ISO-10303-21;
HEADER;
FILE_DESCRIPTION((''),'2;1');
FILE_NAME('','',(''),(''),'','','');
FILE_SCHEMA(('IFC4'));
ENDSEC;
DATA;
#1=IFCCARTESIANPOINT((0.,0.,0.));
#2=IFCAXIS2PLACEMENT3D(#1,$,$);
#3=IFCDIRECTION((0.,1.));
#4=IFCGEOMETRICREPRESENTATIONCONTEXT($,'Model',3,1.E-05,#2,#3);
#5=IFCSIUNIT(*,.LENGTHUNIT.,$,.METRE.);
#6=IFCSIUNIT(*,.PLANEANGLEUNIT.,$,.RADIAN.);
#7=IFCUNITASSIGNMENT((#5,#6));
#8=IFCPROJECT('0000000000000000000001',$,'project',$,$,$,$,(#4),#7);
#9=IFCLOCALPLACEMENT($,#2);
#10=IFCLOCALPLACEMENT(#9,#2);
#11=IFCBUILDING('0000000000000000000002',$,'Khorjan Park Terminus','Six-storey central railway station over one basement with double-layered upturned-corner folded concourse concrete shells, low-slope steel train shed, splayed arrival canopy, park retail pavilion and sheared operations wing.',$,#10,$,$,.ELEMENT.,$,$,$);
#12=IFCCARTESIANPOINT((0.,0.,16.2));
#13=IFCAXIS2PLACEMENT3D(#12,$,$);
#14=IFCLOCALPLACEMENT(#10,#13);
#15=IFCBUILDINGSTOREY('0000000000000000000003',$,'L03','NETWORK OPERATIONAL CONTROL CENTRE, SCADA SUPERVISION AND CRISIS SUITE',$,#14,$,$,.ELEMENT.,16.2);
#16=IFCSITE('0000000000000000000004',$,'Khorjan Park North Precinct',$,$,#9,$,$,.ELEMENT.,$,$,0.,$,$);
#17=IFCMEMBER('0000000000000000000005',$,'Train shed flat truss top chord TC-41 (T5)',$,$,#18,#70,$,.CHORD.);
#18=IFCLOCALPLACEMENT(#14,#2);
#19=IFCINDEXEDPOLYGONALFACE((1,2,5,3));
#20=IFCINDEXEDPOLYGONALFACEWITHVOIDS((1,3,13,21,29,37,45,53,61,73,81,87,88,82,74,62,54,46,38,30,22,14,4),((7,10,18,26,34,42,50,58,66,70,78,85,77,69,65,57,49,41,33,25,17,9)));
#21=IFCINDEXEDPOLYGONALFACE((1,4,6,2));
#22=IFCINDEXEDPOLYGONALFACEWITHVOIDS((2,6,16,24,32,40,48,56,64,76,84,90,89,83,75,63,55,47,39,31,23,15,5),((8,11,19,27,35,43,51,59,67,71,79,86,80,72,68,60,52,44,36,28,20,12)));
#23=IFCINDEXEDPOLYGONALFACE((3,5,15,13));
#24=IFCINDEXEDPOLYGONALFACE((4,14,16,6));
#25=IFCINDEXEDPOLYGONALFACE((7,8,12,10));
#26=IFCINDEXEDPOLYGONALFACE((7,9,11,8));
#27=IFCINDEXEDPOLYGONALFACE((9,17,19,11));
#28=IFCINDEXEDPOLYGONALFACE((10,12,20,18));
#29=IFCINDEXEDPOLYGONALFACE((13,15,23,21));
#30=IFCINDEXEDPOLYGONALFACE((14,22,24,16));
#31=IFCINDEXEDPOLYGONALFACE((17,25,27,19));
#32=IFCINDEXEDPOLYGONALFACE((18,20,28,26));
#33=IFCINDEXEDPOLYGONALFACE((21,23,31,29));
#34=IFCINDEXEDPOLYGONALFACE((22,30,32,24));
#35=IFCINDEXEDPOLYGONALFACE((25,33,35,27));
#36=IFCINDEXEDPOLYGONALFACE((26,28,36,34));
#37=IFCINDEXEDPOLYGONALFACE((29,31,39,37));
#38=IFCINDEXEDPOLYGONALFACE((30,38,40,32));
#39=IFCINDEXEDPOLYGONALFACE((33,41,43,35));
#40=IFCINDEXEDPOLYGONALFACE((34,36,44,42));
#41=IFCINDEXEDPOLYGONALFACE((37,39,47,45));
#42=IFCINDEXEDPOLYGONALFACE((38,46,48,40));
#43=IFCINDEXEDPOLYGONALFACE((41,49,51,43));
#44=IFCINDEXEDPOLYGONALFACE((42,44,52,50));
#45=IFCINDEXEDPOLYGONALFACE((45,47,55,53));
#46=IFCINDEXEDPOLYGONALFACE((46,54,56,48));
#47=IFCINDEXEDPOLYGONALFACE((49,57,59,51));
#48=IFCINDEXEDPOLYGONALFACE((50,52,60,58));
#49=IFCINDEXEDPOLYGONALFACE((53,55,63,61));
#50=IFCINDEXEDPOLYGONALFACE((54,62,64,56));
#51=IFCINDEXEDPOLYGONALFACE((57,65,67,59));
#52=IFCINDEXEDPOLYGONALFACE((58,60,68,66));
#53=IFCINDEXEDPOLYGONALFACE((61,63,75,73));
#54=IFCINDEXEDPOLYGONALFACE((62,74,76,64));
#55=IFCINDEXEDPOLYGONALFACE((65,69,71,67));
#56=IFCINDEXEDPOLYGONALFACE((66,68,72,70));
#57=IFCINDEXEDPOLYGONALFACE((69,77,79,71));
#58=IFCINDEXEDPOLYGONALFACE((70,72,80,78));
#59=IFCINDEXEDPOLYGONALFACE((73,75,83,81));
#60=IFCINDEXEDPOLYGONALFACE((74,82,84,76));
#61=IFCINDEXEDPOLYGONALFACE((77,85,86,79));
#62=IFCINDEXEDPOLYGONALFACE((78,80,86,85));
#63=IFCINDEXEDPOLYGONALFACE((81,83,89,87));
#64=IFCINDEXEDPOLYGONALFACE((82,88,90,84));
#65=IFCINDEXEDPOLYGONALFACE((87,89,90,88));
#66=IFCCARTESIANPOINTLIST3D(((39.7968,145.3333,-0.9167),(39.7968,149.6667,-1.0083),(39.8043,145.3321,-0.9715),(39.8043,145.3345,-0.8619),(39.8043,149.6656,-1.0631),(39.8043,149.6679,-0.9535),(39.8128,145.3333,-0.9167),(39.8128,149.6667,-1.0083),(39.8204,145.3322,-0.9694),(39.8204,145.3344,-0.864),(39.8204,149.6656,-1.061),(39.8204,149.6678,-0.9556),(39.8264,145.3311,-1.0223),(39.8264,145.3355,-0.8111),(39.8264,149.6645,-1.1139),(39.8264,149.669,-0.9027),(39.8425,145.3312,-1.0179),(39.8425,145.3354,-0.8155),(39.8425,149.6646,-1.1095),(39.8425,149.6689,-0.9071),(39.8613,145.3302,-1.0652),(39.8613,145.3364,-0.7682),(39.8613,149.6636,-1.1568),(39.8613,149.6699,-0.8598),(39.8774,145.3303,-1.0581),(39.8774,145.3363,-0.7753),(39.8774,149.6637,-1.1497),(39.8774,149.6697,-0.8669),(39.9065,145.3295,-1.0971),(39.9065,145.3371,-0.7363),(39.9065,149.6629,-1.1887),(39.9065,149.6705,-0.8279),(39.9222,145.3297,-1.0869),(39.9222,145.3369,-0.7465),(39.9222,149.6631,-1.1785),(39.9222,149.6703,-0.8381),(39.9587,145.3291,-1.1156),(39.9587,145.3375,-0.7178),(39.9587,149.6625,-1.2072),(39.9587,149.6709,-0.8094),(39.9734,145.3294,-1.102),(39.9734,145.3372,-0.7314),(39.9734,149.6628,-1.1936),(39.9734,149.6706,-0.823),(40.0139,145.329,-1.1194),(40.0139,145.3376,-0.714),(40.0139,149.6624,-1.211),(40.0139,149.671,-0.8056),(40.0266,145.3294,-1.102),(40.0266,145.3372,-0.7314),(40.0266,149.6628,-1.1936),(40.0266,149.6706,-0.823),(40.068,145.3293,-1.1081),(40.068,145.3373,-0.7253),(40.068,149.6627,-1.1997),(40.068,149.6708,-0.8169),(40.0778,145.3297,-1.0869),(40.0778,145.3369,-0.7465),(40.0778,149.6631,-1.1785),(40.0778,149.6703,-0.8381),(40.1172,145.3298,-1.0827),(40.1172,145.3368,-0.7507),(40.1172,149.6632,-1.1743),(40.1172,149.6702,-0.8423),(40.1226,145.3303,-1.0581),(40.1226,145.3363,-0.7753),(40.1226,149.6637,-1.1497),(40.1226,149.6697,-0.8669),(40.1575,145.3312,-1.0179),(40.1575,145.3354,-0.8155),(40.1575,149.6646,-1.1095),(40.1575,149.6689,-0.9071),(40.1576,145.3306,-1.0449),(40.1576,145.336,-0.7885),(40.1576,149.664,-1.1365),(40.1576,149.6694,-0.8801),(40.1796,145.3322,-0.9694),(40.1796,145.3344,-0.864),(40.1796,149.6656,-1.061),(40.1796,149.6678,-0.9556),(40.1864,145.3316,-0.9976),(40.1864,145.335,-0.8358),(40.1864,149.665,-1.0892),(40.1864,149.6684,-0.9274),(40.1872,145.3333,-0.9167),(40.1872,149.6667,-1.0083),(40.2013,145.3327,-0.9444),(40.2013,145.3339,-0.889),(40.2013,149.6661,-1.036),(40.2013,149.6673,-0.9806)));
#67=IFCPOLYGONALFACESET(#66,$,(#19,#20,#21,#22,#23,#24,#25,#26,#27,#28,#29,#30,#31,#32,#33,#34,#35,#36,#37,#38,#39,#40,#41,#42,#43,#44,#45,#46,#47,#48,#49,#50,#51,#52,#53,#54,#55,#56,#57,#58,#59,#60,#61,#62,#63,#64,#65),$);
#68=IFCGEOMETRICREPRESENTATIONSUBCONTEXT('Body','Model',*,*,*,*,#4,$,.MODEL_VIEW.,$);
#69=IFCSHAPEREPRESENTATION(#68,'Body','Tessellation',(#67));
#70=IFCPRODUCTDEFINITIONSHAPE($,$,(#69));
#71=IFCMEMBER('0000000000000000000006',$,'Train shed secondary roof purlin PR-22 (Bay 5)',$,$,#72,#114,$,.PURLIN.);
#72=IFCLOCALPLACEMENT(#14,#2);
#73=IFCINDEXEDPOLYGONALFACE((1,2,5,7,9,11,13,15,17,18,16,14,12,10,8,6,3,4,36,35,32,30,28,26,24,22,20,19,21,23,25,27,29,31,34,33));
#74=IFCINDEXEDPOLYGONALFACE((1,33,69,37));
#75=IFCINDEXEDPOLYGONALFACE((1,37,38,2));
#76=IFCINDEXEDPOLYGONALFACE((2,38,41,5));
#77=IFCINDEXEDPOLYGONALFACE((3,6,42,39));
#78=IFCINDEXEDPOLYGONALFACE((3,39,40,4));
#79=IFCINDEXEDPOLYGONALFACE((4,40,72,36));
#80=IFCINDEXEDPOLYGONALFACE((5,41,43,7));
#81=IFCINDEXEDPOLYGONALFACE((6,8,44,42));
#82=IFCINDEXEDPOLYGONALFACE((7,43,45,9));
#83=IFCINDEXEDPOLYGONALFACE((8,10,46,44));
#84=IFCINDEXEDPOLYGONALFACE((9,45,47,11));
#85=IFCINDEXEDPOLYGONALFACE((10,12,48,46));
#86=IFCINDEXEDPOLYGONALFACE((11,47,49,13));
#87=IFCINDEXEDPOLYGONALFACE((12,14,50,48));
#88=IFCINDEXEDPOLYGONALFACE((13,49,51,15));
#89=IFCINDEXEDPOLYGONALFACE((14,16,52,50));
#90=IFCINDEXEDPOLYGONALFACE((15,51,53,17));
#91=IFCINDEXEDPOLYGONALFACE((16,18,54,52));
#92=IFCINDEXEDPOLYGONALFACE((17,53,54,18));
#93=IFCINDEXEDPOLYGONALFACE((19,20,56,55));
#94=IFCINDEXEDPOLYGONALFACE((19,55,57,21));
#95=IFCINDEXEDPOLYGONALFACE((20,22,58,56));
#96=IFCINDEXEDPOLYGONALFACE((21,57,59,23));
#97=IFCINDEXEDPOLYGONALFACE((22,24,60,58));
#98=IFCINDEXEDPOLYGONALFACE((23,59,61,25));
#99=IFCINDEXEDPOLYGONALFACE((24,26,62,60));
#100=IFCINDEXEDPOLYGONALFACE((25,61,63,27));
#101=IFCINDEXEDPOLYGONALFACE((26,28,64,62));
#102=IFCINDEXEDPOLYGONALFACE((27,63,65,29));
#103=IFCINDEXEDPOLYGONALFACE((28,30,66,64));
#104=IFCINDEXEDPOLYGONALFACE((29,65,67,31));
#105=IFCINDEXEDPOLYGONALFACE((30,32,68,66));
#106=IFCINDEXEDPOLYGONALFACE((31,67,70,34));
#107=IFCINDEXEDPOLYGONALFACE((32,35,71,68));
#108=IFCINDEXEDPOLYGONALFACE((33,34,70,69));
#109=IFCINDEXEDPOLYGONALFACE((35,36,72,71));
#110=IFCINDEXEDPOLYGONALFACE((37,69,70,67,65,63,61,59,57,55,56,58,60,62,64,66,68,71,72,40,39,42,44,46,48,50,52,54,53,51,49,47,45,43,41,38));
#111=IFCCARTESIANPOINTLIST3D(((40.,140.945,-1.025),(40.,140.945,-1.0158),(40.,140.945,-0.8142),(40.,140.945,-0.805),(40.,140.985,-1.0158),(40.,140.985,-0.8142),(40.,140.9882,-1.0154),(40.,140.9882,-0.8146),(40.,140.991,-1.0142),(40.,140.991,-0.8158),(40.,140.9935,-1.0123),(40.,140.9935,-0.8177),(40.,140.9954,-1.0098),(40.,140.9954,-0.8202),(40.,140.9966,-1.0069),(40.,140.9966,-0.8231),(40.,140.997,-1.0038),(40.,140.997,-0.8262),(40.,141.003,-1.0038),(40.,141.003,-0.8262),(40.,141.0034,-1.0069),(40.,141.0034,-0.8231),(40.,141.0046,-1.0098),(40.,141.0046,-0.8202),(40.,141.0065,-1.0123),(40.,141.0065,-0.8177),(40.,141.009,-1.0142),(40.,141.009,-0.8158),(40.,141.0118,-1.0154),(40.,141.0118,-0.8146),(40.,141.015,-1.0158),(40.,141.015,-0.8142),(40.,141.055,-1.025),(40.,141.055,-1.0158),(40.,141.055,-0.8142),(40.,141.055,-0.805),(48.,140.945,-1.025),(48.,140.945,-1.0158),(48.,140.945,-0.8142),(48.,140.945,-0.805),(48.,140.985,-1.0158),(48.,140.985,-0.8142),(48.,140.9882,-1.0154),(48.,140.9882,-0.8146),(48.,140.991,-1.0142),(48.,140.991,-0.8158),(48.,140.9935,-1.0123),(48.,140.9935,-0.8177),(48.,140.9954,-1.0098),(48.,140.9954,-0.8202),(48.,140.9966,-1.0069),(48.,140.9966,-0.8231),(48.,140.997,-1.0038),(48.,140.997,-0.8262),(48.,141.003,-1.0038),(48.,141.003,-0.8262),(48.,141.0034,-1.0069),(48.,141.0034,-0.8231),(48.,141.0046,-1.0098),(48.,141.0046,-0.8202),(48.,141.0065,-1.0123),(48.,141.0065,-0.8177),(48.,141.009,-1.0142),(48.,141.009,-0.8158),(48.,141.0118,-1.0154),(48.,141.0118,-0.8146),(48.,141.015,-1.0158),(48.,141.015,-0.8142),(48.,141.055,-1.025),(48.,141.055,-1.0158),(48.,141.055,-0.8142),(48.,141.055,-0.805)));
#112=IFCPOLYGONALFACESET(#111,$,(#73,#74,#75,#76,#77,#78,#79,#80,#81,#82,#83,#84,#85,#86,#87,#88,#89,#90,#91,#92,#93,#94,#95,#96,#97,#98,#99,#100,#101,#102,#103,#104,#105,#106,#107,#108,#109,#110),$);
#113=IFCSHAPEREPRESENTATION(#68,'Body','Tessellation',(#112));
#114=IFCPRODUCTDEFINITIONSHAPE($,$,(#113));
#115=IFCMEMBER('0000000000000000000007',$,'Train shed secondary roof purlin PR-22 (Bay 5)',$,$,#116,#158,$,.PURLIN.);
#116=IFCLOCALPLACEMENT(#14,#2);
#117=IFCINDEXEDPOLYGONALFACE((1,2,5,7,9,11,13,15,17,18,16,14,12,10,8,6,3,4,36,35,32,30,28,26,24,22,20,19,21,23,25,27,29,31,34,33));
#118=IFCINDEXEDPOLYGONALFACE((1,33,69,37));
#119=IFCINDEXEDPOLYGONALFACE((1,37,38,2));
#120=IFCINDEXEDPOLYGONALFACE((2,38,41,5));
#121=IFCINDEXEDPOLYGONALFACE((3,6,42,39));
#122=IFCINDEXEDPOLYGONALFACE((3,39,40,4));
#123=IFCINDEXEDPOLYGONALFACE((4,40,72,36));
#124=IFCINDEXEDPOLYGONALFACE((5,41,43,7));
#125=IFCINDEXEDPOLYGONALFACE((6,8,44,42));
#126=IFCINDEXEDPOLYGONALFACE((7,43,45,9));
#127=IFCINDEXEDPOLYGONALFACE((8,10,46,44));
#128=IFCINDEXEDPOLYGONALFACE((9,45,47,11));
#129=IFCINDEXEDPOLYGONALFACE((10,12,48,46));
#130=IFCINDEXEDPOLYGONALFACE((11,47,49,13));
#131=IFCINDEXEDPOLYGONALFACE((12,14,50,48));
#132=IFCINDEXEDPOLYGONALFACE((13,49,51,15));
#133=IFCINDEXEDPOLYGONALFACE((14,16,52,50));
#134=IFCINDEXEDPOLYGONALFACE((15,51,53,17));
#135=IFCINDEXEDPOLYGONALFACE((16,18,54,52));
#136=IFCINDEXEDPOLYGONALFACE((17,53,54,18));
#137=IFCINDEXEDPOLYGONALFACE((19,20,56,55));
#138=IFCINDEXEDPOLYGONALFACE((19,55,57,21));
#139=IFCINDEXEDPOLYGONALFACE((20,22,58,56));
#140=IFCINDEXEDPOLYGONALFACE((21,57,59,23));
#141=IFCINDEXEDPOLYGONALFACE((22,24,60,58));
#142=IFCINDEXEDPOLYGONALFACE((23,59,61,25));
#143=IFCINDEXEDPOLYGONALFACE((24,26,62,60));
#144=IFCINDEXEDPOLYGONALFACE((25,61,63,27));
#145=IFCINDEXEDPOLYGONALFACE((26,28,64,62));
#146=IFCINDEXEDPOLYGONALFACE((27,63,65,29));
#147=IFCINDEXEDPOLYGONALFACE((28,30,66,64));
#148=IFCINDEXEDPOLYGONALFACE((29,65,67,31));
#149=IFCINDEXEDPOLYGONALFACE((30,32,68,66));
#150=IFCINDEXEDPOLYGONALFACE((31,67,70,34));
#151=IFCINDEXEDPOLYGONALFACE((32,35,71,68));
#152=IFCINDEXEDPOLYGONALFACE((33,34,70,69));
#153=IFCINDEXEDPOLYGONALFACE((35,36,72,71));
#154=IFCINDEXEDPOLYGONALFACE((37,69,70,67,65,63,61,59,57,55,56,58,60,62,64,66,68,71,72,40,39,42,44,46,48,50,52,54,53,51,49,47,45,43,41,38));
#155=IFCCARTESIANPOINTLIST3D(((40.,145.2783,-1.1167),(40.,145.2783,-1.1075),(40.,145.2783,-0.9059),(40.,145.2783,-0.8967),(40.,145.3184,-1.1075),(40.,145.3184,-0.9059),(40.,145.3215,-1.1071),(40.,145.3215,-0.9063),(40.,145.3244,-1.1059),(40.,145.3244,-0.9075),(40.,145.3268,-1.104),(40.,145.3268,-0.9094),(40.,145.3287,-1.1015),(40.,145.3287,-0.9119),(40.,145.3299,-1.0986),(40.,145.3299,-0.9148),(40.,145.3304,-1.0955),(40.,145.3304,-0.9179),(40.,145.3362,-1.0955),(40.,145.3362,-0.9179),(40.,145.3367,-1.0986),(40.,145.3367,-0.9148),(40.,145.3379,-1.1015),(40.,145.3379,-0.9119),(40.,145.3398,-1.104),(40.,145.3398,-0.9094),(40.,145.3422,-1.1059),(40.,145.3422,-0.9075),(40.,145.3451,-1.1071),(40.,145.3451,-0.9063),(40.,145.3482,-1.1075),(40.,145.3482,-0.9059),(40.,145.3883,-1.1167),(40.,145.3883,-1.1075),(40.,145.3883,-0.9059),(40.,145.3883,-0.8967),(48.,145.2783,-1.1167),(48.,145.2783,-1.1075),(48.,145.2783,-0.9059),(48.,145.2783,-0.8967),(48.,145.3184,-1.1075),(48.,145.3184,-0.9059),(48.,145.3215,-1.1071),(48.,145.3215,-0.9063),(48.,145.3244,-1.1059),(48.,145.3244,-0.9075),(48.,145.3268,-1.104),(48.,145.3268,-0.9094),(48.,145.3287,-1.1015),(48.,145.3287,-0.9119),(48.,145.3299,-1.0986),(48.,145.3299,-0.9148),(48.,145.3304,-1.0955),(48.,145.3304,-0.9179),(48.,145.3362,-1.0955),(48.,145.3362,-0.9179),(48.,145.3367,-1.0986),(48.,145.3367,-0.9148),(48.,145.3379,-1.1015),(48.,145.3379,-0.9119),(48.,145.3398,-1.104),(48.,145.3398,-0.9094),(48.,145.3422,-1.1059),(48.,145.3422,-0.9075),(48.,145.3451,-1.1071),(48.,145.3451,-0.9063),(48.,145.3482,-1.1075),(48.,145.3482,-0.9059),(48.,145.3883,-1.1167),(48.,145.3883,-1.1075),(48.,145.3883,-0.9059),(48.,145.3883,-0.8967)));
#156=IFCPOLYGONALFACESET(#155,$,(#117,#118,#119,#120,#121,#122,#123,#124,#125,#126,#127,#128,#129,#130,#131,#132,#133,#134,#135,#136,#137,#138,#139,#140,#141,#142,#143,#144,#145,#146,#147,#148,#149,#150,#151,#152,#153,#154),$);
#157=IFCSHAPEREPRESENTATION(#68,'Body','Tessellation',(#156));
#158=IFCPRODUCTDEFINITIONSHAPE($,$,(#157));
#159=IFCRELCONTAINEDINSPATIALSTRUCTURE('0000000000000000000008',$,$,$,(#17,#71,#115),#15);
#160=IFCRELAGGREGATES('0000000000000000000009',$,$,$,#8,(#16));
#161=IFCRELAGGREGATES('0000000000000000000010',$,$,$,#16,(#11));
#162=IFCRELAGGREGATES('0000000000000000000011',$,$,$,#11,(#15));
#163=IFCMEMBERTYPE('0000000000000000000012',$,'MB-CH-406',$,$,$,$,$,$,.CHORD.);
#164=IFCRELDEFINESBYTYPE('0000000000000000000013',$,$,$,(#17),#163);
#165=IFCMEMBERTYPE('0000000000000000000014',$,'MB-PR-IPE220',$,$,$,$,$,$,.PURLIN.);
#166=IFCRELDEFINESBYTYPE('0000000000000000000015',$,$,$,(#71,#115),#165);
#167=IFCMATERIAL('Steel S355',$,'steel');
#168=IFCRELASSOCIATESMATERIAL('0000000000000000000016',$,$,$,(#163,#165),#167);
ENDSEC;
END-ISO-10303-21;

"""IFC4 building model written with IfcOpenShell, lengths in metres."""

from ifc_helpers import new_model, si_unit, direction, frame, origin, origin_2d, place, context, subcontext, project, spatial, hollow_circle, i_section, extrude, material, material_profile, profile_set, type_object, element, save


model = new_model("IFC4")

# Units and contexts
model_context = context("Model", 3, precision=1e-05, world=origin(), true_north=direction((0.0, 1.0)))
body_context = subcontext(model_context, "Body", "Model", "MODEL_VIEW")
ifc_project = project(units=[si_unit("LENGTHUNIT", "METRE"), si_unit("PLANEANGLEUNIT", "RADIAN")], contexts=[model_context])

# Site, building, storey
site_placement = place(None, origin())
site = spatial("IfcSite", under=ifc_project, at=site_placement, Name="Khorjan Park North Precinct", CompositionType="ELEMENT", RefElevation=0.0)
building_placement = place(site_placement, origin())
building = spatial("IfcBuilding", under=site, at=building_placement, Name="Khorjan Park Terminus", Description="Six-storey central railway station over one basement with double-layered upturned-corner folded concourse concrete shells, low-slope steel train shed, splayed arrival canopy, park retail pavilion and sheared operations wing.", CompositionType="ELEMENT")
storey_placement = place(building_placement, frame((0.0, 0.0, 16.2)))
storey = spatial("IfcBuildingStorey", under=building, at=storey_placement, Name="L03", Description="NETWORK OPERATIONAL CONTROL CENTRE, SCADA SUPERVISION AND CRISIS SUITE", CompositionType="ELEMENT", Elevation=16.2)

# Members
ifc_material = material(Name="Steel S355", Category="steel")
ifc_material_profile_1 = material_profile(ifc_material, hollow_circle(Radius=0.2032, WallThickness=0.016, at=origin_2d()), Name="CHS 406.4x16")
ifc_profile_set_1 = profile_set([ifc_material_profile_1], Name="Steel S355")
member_type_1 = type_object("IfcMemberType", Name="MB-CH-406", PredefinedType="CHORD", material=ifc_profile_set_1)
member_1_placement = place(storey_placement, frame((40.0, 145.3333, -0.9167), z_axis=(0.0, 0.999777, -0.021133), x_axis=(-1.0, 0.0, 0.0)))
element("IfcMember", 1, at=member_1_placement, inside=storey, type_object=member_type_1, Name="Train shed flat truss top chord TC-41 (T5)", PredefinedType="CHORD", context=body_context, shape_type="SweptSolid", body=[
    extrude(hollow_circle(Radius=0.2032, WallThickness=0.016, at=origin_2d()), origin(), (0.0, 0.0, 1.0), 4.3344),
])
ifc_material_profile_2 = material_profile(ifc_material, i_section(OverallWidth=0.11, OverallDepth=0.22, WebThickness=0.0059, FlangeThickness=0.0092, FilletRadius=0.012, at=origin_2d()), Name="IPE 220")
ifc_profile_set_2 = profile_set([ifc_material_profile_2], Name="Steel S355")
member_type_2 = type_object("IfcMemberType", Name="MB-PR-IPE220", PredefinedType="PURLIN", material=ifc_profile_set_2)
for number, where, z_axis, x_axis, name in (
    (2, (40.0, 141.0, -0.915), (1.0, 0.0, 0.0), (0.0, 1.0, 0.0), "Train shed secondary roof purlin PR-22 (Bay 5)"),
    (3, (40.0, 145.3333, -1.0067), (1.0, 0.0, 0.0), (0.0, 1.0, 0.0), "Train shed secondary roof purlin PR-22 (Bay 5)"),
):
    element("IfcMember", number, at=place(storey_placement, frame(where, z_axis=z_axis, x_axis=x_axis)), inside=storey, type_object=member_type_2, Name=name, PredefinedType="PURLIN", context=body_context, shape_type="SweptSolid", body=[
        extrude(i_section(OverallWidth=0.11, OverallDepth=0.22, WebThickness=0.0059, FlangeThickness=0.0092, FilletRadius=0.012, at=origin_2d()), origin(), (0.0, 0.0, 1.0), 8.0),
    ])

save(model, "model.ifc")
